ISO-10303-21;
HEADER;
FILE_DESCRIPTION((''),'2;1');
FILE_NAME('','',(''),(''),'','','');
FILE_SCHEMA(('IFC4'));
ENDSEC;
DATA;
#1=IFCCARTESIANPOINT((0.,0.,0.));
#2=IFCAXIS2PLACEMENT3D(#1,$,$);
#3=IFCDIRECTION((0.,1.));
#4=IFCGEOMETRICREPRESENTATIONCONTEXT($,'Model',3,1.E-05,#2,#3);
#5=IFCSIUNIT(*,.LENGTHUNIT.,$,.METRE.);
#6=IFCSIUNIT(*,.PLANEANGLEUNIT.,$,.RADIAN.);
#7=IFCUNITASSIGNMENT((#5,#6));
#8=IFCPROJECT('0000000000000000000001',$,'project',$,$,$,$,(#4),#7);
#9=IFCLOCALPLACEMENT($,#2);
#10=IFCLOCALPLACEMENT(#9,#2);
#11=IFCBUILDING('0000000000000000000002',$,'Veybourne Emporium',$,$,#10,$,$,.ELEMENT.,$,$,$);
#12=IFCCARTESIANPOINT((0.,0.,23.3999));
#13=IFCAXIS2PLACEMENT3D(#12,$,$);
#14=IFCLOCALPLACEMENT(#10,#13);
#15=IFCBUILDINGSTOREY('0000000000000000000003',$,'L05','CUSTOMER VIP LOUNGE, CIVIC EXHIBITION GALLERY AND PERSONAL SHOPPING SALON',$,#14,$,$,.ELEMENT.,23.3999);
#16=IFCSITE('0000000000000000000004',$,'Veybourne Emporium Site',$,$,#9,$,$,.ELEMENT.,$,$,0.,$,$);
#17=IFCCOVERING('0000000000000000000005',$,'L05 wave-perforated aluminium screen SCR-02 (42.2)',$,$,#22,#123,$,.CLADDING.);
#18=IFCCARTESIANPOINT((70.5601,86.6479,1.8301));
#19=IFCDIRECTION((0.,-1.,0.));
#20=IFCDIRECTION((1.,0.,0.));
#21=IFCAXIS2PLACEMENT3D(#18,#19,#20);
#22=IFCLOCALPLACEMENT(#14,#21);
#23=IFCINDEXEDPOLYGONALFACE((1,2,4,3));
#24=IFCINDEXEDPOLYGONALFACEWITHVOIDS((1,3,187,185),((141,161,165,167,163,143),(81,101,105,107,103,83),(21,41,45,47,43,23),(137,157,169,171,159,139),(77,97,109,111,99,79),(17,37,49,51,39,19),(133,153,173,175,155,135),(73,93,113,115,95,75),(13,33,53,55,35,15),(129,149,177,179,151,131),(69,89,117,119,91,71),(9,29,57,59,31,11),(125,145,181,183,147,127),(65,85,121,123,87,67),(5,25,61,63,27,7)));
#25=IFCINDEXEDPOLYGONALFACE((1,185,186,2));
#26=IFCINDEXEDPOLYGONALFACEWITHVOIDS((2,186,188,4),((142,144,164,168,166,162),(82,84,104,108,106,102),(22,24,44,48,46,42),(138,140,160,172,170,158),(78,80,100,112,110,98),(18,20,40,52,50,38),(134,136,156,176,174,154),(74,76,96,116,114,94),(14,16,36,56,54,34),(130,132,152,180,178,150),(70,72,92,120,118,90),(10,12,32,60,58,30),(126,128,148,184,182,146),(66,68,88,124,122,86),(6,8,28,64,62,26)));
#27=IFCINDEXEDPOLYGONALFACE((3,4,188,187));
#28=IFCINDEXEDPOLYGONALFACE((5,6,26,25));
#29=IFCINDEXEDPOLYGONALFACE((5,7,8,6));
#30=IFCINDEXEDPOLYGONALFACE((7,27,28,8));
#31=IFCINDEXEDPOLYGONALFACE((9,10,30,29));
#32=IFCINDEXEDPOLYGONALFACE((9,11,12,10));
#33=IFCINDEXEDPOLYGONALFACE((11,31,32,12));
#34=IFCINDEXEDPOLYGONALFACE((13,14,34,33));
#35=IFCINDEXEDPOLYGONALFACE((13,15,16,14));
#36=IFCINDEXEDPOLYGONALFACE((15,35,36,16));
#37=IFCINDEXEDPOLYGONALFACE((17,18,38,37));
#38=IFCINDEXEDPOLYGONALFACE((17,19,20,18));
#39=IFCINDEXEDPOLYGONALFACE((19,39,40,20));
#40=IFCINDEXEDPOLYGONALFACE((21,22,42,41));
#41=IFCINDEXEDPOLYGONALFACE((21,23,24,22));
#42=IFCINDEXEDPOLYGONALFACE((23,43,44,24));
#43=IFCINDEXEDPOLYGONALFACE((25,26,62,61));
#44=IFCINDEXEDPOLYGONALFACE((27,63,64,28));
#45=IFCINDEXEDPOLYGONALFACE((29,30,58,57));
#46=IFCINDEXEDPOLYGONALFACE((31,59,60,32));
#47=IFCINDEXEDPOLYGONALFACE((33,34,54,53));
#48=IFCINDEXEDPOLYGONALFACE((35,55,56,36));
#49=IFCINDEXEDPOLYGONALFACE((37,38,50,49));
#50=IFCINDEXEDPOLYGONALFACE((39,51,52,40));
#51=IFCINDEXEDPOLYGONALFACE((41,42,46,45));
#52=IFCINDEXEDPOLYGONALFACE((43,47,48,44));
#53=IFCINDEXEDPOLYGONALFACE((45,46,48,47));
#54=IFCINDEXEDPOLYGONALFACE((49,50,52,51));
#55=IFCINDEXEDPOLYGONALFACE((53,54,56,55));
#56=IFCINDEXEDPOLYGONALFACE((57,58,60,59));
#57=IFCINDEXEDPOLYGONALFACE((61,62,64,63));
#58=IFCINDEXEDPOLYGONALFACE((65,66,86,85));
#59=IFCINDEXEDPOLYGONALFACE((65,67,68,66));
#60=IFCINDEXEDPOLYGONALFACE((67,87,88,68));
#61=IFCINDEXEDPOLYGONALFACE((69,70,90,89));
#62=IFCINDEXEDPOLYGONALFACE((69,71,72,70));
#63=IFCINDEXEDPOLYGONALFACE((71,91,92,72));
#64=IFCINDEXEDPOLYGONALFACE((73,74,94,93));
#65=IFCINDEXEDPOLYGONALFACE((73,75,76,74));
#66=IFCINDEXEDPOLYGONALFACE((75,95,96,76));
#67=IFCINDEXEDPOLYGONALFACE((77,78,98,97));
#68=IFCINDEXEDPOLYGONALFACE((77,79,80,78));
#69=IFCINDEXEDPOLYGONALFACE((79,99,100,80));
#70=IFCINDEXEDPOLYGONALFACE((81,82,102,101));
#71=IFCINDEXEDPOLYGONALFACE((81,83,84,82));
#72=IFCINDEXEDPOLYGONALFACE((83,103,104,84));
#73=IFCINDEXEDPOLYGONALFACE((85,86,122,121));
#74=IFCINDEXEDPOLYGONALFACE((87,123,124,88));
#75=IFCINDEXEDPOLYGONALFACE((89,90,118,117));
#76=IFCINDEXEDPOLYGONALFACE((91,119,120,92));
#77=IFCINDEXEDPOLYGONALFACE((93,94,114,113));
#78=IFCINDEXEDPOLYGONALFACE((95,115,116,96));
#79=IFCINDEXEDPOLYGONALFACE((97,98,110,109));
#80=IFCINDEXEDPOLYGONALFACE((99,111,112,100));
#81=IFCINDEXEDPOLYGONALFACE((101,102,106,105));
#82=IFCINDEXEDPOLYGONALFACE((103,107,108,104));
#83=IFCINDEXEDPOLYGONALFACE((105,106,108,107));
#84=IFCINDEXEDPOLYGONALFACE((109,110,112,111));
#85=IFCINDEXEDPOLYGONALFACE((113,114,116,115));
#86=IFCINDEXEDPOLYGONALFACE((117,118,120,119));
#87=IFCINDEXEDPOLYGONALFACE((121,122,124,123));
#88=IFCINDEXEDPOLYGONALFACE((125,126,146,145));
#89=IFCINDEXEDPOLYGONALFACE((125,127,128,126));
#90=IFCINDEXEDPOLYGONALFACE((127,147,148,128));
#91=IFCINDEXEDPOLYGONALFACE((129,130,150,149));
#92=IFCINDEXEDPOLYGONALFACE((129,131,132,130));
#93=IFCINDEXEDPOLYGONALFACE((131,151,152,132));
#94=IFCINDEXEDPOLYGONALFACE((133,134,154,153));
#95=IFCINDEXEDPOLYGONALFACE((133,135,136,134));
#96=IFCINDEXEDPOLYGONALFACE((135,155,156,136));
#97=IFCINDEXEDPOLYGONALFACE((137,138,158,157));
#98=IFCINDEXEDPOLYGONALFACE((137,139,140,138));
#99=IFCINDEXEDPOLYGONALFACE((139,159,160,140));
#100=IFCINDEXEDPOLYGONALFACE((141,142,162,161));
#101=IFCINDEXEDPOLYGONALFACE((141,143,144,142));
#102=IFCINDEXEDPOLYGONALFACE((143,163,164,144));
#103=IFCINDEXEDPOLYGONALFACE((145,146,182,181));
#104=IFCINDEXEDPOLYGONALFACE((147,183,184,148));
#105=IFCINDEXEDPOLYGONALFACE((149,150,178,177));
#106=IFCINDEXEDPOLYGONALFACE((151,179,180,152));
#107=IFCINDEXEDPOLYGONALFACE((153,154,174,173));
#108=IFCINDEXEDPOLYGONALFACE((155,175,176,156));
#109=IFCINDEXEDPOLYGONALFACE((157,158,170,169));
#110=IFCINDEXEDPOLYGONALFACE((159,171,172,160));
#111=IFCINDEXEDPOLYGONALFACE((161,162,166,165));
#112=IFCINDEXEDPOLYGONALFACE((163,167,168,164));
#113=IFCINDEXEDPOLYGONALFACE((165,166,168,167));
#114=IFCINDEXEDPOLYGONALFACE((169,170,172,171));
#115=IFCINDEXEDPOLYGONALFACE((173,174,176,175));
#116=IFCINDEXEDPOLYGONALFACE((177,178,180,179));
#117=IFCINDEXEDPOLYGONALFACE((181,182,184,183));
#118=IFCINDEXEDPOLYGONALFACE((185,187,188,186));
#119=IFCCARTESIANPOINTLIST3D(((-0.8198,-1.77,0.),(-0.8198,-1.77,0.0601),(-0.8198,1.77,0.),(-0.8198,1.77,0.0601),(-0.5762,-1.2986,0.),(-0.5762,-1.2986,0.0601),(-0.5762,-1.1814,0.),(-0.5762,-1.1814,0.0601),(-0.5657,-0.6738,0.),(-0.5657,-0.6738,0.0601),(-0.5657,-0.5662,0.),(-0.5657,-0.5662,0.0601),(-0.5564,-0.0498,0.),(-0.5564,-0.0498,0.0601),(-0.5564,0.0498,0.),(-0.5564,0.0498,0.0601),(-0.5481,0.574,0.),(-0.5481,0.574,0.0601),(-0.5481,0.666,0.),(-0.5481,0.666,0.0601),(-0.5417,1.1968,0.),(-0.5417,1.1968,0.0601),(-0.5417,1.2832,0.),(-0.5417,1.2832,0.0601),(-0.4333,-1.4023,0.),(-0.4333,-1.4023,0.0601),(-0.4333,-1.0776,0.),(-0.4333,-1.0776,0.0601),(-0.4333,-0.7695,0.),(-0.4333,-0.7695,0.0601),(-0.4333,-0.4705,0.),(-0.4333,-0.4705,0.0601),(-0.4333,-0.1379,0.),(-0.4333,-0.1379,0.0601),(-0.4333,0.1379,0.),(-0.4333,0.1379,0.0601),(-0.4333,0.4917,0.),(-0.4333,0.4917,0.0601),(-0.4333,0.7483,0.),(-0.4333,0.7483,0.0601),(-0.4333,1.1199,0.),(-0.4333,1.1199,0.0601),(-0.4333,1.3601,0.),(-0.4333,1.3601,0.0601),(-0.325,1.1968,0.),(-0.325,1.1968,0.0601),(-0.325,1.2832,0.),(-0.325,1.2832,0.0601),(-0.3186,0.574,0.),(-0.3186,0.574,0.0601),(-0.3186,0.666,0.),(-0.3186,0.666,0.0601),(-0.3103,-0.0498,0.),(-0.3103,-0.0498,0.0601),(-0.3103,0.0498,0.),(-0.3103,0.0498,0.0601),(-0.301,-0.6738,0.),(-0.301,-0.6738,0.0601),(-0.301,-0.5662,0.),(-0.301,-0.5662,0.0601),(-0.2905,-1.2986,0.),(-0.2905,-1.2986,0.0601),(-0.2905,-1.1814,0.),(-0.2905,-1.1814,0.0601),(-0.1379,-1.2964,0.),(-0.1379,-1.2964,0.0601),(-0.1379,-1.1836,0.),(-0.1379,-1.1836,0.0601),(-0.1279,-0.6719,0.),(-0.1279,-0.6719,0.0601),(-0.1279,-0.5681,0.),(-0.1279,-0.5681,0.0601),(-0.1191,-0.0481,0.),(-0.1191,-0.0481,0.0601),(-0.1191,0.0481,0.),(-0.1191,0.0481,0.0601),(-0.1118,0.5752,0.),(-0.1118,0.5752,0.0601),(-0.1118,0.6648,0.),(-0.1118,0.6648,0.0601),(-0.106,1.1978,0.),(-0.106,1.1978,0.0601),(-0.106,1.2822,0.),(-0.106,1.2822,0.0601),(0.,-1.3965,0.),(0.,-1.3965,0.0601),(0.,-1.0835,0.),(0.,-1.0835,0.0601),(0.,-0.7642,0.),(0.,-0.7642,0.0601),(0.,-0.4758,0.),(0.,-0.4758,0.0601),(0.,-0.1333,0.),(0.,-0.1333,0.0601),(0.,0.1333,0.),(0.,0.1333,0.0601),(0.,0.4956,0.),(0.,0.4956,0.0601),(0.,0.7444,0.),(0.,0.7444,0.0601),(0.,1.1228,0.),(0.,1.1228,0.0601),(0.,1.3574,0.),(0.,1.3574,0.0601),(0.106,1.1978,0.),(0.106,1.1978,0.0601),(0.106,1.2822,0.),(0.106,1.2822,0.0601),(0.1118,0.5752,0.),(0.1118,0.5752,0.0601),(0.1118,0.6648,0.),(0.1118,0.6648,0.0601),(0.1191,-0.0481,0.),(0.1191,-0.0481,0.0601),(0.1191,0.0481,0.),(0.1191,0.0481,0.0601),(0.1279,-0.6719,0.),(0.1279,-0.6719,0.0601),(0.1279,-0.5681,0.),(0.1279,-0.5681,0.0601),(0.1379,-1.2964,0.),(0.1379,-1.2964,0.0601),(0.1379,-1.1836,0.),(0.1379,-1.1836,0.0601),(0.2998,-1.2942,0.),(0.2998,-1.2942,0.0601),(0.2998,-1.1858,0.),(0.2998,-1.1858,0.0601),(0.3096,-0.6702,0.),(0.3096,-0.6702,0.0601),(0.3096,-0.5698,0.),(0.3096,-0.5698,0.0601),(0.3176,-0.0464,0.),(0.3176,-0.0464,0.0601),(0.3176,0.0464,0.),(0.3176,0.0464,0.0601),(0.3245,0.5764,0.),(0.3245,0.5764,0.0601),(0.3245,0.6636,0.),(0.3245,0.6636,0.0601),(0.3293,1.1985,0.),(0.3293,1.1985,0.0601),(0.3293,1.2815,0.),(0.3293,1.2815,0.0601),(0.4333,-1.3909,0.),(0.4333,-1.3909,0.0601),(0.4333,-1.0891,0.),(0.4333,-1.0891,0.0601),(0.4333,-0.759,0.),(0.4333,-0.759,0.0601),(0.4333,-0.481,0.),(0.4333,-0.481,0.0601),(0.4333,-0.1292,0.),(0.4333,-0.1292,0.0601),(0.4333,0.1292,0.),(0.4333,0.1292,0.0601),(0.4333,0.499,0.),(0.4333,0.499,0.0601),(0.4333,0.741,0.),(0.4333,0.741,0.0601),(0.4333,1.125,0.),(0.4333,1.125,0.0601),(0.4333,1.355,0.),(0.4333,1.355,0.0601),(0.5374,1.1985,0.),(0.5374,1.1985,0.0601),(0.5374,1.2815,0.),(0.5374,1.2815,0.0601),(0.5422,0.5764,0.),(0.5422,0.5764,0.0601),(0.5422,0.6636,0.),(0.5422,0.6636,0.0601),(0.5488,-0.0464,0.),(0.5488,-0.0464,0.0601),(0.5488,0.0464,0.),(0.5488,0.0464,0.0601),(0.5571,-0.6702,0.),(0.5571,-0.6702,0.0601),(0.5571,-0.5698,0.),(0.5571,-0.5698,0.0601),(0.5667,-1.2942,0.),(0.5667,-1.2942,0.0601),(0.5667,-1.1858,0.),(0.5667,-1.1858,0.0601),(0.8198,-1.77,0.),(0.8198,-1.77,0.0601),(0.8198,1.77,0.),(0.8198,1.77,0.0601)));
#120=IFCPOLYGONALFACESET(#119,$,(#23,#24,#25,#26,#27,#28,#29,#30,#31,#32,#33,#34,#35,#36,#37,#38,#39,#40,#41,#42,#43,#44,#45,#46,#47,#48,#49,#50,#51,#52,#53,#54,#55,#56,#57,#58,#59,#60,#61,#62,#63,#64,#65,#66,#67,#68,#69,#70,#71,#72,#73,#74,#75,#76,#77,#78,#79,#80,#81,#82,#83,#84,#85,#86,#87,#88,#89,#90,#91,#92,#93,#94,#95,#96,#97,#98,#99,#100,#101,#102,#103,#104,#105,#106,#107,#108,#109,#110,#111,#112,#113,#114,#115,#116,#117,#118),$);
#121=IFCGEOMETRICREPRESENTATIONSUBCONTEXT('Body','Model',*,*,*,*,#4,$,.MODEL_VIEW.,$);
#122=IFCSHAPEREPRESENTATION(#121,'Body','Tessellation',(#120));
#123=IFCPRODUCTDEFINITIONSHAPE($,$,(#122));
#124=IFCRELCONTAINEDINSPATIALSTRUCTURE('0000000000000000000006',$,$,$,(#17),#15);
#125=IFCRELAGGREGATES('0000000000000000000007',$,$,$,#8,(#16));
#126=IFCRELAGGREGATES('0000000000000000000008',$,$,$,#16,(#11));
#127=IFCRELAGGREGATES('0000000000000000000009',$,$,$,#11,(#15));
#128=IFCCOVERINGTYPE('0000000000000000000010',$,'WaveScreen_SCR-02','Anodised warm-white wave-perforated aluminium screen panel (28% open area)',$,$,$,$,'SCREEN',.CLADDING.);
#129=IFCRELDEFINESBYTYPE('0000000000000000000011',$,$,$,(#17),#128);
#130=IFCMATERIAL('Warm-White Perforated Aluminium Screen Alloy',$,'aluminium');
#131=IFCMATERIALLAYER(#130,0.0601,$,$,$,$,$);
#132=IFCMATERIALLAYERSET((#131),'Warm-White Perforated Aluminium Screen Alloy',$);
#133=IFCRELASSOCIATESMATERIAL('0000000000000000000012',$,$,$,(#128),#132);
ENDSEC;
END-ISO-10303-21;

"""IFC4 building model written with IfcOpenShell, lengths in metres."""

from ifc_helpers import new_model, si_unit, direction, frame, origin, place, context, subcontext, project, spatial, polyline, outline, extrude, material, layer, layer_set, type_object, element, save


model = new_model("IFC4")

# Units and contexts
model_context = context("Model", 3, precision=1e-05, world=origin(), true_north=direction((0.0, 1.0)))
body_context = subcontext(model_context, "Body", "Model", "MODEL_VIEW")
ifc_project = project(units=[si_unit("LENGTHUNIT", "METRE"), si_unit("PLANEANGLEUNIT", "RADIAN")], contexts=[model_context])

# Site, building, storey
site_placement = place(None, origin())
site = spatial("IfcSite", under=ifc_project, at=site_placement, Name="Veybourne Emporium Site", CompositionType="ELEMENT", RefElevation=0.0)
building_placement = place(site_placement, origin())
building = spatial("IfcBuilding", under=site, at=building_placement, Name="Veybourne Emporium", CompositionType="ELEMENT")
storey_placement = place(building_placement, frame((0.0, 0.0, 23.3999)))
storey = spatial("IfcBuildingStorey", under=building, at=storey_placement, Name="L05", Description="CUSTOMER VIP LOUNGE, CIVIC EXHIBITION GALLERY AND PERSONAL SHOPPING SALON", CompositionType="ELEMENT", Elevation=23.3999)

# Covering
ifc_material_1 = material(Name="Warm-White Perforated Aluminium Screen Alloy", Category="aluminium")
ifc_layer_1 = layer(ifc_material_1, 0.0601)
ifc_layer_set_1 = layer_set([ifc_layer_1], Name="Warm-White Perforated Aluminium Screen Alloy")
covering_type_1 = type_object("IfcCoveringType", Name="WaveScreen_SCR-02", Description="Anodised warm-white wave-perforated aluminium screen panel (28% open area)", ElementType="SCREEN", PredefinedType="CLADDING", material=ifc_layer_set_1)
covering_1_placement = place(storey_placement, frame((70.5601, 86.6479, 1.8301), z_axis=(0.0, -1.0, 0.0), x_axis=(1.0, 0.0, 0.0)))
element("IfcCovering", 1, at=covering_1_placement, inside=storey, type_object=covering_type_1, Name="L05 wave-perforated aluminium screen SCR-02 (42.2)", PredefinedType="CLADDING", context=body_context, shape_type="SweptSolid", body=[
    extrude(outline(polyline([(-0.8198, -1.77), (0.8198, -1.77), (0.8198, 1.77), (-0.8198, 1.77), (-0.8198, -1.77)]), holes=[polyline([(-0.4333, -1.0776), (-0.2905, -1.1814), (-0.2905, -1.2986), (-0.4333, -1.4023), (-0.5762, -1.2986), (-0.5762, -1.1814), (-0.4333, -1.0776)]), polyline([(-0.4333, -0.4705), (-0.301, -0.5662), (-0.301, -0.6738), (-0.4333, -0.7695), (-0.5657, -0.6738), (-0.5657, -0.5662), (-0.4333, -0.4705)]), polyline([(-0.4333, 0.1379), (-0.3103, 0.0498), (-0.3103, -0.0498), (-0.4333, -0.1379), (-0.5564, -0.0498), (-0.5564, 0.0498), (-0.4333, 0.1379)]), polyline([(-0.4333, 0.7483), (-0.3186, 0.666), (-0.3186, 0.574), (-0.4333, 0.4917), (-0.5481, 0.574), (-0.5481, 0.666), (-0.4333, 0.7483)]), polyline([(-0.4333, 1.3601), (-0.325, 1.2832), (-0.325, 1.1968), (-0.4333, 1.1199), (-0.5417, 1.1968), (-0.5417, 1.2832), (-0.4333, 1.3601)]), polyline([(0.0, -1.0835), (0.1379, -1.1836), (0.1379, -1.2964), (0.0, -1.3965), (-0.1379, -1.2964), (-0.1379, -1.1836), (0.0, -1.0835)]), polyline([(0.0, -0.4758), (0.1279, -0.5681), (0.1279, -0.6719), (0.0, -0.7642), (-0.1279, -0.6719), (-0.1279, -0.5681), (0.0, -0.4758)]), polyline([(0.0, 0.1333), (0.1191, 0.0481), (0.1191, -0.0481), (0.0, -0.1333), (-0.1191, -0.0481), (-0.1191, 0.0481), (0.0, 0.1333)]), polyline([(0.0, 0.7444), (0.1118, 0.6648), (0.1118, 0.5752), (0.0, 0.4956), (-0.1118, 0.5752), (-0.1118, 0.6648), (0.0, 0.7444)]), polyline([(0.0, 1.3574), (0.106, 1.2822), (0.106, 1.1978), (0.0, 1.1228), (-0.106, 1.1978), (-0.106, 1.2822), (0.0, 1.3574)]), polyline([(0.4333, -1.0891), (0.5667, -1.1858), (0.5667, -1.2942), (0.4333, -1.3909), (0.2998, -1.2942), (0.2998, -1.1858), (0.4333, -1.0891)]), polyline([(0.4333, -0.481), (0.5571, -0.5698), (0.5571, -0.6702), (0.4333, -0.759), (0.3096, -0.6702), (0.3096, -0.5698), (0.4333, -0.481)]), polyline([(0.4333, 0.1292), (0.5488, 0.0464), (0.5488, -0.0464), (0.4333, -0.1292), (0.3176, -0.0464), (0.3176, 0.0464), (0.4333, 0.1292)]), polyline([(0.4333, 0.741), (0.5422, 0.6636), (0.5422, 0.5764), (0.4333, 0.499), (0.3245, 0.5764), (0.3245, 0.6636), (0.4333, 0.741)]), polyline([(0.4333, 1.355), (0.5374, 1.2815), (0.5374, 1.1985), (0.4333, 1.125), (0.3293, 1.1985), (0.3293, 1.2815), (0.4333, 1.355)])]), origin(), (0.0, 0.0, 1.0), 0.0601),
])

save(model, "model.ifc")
